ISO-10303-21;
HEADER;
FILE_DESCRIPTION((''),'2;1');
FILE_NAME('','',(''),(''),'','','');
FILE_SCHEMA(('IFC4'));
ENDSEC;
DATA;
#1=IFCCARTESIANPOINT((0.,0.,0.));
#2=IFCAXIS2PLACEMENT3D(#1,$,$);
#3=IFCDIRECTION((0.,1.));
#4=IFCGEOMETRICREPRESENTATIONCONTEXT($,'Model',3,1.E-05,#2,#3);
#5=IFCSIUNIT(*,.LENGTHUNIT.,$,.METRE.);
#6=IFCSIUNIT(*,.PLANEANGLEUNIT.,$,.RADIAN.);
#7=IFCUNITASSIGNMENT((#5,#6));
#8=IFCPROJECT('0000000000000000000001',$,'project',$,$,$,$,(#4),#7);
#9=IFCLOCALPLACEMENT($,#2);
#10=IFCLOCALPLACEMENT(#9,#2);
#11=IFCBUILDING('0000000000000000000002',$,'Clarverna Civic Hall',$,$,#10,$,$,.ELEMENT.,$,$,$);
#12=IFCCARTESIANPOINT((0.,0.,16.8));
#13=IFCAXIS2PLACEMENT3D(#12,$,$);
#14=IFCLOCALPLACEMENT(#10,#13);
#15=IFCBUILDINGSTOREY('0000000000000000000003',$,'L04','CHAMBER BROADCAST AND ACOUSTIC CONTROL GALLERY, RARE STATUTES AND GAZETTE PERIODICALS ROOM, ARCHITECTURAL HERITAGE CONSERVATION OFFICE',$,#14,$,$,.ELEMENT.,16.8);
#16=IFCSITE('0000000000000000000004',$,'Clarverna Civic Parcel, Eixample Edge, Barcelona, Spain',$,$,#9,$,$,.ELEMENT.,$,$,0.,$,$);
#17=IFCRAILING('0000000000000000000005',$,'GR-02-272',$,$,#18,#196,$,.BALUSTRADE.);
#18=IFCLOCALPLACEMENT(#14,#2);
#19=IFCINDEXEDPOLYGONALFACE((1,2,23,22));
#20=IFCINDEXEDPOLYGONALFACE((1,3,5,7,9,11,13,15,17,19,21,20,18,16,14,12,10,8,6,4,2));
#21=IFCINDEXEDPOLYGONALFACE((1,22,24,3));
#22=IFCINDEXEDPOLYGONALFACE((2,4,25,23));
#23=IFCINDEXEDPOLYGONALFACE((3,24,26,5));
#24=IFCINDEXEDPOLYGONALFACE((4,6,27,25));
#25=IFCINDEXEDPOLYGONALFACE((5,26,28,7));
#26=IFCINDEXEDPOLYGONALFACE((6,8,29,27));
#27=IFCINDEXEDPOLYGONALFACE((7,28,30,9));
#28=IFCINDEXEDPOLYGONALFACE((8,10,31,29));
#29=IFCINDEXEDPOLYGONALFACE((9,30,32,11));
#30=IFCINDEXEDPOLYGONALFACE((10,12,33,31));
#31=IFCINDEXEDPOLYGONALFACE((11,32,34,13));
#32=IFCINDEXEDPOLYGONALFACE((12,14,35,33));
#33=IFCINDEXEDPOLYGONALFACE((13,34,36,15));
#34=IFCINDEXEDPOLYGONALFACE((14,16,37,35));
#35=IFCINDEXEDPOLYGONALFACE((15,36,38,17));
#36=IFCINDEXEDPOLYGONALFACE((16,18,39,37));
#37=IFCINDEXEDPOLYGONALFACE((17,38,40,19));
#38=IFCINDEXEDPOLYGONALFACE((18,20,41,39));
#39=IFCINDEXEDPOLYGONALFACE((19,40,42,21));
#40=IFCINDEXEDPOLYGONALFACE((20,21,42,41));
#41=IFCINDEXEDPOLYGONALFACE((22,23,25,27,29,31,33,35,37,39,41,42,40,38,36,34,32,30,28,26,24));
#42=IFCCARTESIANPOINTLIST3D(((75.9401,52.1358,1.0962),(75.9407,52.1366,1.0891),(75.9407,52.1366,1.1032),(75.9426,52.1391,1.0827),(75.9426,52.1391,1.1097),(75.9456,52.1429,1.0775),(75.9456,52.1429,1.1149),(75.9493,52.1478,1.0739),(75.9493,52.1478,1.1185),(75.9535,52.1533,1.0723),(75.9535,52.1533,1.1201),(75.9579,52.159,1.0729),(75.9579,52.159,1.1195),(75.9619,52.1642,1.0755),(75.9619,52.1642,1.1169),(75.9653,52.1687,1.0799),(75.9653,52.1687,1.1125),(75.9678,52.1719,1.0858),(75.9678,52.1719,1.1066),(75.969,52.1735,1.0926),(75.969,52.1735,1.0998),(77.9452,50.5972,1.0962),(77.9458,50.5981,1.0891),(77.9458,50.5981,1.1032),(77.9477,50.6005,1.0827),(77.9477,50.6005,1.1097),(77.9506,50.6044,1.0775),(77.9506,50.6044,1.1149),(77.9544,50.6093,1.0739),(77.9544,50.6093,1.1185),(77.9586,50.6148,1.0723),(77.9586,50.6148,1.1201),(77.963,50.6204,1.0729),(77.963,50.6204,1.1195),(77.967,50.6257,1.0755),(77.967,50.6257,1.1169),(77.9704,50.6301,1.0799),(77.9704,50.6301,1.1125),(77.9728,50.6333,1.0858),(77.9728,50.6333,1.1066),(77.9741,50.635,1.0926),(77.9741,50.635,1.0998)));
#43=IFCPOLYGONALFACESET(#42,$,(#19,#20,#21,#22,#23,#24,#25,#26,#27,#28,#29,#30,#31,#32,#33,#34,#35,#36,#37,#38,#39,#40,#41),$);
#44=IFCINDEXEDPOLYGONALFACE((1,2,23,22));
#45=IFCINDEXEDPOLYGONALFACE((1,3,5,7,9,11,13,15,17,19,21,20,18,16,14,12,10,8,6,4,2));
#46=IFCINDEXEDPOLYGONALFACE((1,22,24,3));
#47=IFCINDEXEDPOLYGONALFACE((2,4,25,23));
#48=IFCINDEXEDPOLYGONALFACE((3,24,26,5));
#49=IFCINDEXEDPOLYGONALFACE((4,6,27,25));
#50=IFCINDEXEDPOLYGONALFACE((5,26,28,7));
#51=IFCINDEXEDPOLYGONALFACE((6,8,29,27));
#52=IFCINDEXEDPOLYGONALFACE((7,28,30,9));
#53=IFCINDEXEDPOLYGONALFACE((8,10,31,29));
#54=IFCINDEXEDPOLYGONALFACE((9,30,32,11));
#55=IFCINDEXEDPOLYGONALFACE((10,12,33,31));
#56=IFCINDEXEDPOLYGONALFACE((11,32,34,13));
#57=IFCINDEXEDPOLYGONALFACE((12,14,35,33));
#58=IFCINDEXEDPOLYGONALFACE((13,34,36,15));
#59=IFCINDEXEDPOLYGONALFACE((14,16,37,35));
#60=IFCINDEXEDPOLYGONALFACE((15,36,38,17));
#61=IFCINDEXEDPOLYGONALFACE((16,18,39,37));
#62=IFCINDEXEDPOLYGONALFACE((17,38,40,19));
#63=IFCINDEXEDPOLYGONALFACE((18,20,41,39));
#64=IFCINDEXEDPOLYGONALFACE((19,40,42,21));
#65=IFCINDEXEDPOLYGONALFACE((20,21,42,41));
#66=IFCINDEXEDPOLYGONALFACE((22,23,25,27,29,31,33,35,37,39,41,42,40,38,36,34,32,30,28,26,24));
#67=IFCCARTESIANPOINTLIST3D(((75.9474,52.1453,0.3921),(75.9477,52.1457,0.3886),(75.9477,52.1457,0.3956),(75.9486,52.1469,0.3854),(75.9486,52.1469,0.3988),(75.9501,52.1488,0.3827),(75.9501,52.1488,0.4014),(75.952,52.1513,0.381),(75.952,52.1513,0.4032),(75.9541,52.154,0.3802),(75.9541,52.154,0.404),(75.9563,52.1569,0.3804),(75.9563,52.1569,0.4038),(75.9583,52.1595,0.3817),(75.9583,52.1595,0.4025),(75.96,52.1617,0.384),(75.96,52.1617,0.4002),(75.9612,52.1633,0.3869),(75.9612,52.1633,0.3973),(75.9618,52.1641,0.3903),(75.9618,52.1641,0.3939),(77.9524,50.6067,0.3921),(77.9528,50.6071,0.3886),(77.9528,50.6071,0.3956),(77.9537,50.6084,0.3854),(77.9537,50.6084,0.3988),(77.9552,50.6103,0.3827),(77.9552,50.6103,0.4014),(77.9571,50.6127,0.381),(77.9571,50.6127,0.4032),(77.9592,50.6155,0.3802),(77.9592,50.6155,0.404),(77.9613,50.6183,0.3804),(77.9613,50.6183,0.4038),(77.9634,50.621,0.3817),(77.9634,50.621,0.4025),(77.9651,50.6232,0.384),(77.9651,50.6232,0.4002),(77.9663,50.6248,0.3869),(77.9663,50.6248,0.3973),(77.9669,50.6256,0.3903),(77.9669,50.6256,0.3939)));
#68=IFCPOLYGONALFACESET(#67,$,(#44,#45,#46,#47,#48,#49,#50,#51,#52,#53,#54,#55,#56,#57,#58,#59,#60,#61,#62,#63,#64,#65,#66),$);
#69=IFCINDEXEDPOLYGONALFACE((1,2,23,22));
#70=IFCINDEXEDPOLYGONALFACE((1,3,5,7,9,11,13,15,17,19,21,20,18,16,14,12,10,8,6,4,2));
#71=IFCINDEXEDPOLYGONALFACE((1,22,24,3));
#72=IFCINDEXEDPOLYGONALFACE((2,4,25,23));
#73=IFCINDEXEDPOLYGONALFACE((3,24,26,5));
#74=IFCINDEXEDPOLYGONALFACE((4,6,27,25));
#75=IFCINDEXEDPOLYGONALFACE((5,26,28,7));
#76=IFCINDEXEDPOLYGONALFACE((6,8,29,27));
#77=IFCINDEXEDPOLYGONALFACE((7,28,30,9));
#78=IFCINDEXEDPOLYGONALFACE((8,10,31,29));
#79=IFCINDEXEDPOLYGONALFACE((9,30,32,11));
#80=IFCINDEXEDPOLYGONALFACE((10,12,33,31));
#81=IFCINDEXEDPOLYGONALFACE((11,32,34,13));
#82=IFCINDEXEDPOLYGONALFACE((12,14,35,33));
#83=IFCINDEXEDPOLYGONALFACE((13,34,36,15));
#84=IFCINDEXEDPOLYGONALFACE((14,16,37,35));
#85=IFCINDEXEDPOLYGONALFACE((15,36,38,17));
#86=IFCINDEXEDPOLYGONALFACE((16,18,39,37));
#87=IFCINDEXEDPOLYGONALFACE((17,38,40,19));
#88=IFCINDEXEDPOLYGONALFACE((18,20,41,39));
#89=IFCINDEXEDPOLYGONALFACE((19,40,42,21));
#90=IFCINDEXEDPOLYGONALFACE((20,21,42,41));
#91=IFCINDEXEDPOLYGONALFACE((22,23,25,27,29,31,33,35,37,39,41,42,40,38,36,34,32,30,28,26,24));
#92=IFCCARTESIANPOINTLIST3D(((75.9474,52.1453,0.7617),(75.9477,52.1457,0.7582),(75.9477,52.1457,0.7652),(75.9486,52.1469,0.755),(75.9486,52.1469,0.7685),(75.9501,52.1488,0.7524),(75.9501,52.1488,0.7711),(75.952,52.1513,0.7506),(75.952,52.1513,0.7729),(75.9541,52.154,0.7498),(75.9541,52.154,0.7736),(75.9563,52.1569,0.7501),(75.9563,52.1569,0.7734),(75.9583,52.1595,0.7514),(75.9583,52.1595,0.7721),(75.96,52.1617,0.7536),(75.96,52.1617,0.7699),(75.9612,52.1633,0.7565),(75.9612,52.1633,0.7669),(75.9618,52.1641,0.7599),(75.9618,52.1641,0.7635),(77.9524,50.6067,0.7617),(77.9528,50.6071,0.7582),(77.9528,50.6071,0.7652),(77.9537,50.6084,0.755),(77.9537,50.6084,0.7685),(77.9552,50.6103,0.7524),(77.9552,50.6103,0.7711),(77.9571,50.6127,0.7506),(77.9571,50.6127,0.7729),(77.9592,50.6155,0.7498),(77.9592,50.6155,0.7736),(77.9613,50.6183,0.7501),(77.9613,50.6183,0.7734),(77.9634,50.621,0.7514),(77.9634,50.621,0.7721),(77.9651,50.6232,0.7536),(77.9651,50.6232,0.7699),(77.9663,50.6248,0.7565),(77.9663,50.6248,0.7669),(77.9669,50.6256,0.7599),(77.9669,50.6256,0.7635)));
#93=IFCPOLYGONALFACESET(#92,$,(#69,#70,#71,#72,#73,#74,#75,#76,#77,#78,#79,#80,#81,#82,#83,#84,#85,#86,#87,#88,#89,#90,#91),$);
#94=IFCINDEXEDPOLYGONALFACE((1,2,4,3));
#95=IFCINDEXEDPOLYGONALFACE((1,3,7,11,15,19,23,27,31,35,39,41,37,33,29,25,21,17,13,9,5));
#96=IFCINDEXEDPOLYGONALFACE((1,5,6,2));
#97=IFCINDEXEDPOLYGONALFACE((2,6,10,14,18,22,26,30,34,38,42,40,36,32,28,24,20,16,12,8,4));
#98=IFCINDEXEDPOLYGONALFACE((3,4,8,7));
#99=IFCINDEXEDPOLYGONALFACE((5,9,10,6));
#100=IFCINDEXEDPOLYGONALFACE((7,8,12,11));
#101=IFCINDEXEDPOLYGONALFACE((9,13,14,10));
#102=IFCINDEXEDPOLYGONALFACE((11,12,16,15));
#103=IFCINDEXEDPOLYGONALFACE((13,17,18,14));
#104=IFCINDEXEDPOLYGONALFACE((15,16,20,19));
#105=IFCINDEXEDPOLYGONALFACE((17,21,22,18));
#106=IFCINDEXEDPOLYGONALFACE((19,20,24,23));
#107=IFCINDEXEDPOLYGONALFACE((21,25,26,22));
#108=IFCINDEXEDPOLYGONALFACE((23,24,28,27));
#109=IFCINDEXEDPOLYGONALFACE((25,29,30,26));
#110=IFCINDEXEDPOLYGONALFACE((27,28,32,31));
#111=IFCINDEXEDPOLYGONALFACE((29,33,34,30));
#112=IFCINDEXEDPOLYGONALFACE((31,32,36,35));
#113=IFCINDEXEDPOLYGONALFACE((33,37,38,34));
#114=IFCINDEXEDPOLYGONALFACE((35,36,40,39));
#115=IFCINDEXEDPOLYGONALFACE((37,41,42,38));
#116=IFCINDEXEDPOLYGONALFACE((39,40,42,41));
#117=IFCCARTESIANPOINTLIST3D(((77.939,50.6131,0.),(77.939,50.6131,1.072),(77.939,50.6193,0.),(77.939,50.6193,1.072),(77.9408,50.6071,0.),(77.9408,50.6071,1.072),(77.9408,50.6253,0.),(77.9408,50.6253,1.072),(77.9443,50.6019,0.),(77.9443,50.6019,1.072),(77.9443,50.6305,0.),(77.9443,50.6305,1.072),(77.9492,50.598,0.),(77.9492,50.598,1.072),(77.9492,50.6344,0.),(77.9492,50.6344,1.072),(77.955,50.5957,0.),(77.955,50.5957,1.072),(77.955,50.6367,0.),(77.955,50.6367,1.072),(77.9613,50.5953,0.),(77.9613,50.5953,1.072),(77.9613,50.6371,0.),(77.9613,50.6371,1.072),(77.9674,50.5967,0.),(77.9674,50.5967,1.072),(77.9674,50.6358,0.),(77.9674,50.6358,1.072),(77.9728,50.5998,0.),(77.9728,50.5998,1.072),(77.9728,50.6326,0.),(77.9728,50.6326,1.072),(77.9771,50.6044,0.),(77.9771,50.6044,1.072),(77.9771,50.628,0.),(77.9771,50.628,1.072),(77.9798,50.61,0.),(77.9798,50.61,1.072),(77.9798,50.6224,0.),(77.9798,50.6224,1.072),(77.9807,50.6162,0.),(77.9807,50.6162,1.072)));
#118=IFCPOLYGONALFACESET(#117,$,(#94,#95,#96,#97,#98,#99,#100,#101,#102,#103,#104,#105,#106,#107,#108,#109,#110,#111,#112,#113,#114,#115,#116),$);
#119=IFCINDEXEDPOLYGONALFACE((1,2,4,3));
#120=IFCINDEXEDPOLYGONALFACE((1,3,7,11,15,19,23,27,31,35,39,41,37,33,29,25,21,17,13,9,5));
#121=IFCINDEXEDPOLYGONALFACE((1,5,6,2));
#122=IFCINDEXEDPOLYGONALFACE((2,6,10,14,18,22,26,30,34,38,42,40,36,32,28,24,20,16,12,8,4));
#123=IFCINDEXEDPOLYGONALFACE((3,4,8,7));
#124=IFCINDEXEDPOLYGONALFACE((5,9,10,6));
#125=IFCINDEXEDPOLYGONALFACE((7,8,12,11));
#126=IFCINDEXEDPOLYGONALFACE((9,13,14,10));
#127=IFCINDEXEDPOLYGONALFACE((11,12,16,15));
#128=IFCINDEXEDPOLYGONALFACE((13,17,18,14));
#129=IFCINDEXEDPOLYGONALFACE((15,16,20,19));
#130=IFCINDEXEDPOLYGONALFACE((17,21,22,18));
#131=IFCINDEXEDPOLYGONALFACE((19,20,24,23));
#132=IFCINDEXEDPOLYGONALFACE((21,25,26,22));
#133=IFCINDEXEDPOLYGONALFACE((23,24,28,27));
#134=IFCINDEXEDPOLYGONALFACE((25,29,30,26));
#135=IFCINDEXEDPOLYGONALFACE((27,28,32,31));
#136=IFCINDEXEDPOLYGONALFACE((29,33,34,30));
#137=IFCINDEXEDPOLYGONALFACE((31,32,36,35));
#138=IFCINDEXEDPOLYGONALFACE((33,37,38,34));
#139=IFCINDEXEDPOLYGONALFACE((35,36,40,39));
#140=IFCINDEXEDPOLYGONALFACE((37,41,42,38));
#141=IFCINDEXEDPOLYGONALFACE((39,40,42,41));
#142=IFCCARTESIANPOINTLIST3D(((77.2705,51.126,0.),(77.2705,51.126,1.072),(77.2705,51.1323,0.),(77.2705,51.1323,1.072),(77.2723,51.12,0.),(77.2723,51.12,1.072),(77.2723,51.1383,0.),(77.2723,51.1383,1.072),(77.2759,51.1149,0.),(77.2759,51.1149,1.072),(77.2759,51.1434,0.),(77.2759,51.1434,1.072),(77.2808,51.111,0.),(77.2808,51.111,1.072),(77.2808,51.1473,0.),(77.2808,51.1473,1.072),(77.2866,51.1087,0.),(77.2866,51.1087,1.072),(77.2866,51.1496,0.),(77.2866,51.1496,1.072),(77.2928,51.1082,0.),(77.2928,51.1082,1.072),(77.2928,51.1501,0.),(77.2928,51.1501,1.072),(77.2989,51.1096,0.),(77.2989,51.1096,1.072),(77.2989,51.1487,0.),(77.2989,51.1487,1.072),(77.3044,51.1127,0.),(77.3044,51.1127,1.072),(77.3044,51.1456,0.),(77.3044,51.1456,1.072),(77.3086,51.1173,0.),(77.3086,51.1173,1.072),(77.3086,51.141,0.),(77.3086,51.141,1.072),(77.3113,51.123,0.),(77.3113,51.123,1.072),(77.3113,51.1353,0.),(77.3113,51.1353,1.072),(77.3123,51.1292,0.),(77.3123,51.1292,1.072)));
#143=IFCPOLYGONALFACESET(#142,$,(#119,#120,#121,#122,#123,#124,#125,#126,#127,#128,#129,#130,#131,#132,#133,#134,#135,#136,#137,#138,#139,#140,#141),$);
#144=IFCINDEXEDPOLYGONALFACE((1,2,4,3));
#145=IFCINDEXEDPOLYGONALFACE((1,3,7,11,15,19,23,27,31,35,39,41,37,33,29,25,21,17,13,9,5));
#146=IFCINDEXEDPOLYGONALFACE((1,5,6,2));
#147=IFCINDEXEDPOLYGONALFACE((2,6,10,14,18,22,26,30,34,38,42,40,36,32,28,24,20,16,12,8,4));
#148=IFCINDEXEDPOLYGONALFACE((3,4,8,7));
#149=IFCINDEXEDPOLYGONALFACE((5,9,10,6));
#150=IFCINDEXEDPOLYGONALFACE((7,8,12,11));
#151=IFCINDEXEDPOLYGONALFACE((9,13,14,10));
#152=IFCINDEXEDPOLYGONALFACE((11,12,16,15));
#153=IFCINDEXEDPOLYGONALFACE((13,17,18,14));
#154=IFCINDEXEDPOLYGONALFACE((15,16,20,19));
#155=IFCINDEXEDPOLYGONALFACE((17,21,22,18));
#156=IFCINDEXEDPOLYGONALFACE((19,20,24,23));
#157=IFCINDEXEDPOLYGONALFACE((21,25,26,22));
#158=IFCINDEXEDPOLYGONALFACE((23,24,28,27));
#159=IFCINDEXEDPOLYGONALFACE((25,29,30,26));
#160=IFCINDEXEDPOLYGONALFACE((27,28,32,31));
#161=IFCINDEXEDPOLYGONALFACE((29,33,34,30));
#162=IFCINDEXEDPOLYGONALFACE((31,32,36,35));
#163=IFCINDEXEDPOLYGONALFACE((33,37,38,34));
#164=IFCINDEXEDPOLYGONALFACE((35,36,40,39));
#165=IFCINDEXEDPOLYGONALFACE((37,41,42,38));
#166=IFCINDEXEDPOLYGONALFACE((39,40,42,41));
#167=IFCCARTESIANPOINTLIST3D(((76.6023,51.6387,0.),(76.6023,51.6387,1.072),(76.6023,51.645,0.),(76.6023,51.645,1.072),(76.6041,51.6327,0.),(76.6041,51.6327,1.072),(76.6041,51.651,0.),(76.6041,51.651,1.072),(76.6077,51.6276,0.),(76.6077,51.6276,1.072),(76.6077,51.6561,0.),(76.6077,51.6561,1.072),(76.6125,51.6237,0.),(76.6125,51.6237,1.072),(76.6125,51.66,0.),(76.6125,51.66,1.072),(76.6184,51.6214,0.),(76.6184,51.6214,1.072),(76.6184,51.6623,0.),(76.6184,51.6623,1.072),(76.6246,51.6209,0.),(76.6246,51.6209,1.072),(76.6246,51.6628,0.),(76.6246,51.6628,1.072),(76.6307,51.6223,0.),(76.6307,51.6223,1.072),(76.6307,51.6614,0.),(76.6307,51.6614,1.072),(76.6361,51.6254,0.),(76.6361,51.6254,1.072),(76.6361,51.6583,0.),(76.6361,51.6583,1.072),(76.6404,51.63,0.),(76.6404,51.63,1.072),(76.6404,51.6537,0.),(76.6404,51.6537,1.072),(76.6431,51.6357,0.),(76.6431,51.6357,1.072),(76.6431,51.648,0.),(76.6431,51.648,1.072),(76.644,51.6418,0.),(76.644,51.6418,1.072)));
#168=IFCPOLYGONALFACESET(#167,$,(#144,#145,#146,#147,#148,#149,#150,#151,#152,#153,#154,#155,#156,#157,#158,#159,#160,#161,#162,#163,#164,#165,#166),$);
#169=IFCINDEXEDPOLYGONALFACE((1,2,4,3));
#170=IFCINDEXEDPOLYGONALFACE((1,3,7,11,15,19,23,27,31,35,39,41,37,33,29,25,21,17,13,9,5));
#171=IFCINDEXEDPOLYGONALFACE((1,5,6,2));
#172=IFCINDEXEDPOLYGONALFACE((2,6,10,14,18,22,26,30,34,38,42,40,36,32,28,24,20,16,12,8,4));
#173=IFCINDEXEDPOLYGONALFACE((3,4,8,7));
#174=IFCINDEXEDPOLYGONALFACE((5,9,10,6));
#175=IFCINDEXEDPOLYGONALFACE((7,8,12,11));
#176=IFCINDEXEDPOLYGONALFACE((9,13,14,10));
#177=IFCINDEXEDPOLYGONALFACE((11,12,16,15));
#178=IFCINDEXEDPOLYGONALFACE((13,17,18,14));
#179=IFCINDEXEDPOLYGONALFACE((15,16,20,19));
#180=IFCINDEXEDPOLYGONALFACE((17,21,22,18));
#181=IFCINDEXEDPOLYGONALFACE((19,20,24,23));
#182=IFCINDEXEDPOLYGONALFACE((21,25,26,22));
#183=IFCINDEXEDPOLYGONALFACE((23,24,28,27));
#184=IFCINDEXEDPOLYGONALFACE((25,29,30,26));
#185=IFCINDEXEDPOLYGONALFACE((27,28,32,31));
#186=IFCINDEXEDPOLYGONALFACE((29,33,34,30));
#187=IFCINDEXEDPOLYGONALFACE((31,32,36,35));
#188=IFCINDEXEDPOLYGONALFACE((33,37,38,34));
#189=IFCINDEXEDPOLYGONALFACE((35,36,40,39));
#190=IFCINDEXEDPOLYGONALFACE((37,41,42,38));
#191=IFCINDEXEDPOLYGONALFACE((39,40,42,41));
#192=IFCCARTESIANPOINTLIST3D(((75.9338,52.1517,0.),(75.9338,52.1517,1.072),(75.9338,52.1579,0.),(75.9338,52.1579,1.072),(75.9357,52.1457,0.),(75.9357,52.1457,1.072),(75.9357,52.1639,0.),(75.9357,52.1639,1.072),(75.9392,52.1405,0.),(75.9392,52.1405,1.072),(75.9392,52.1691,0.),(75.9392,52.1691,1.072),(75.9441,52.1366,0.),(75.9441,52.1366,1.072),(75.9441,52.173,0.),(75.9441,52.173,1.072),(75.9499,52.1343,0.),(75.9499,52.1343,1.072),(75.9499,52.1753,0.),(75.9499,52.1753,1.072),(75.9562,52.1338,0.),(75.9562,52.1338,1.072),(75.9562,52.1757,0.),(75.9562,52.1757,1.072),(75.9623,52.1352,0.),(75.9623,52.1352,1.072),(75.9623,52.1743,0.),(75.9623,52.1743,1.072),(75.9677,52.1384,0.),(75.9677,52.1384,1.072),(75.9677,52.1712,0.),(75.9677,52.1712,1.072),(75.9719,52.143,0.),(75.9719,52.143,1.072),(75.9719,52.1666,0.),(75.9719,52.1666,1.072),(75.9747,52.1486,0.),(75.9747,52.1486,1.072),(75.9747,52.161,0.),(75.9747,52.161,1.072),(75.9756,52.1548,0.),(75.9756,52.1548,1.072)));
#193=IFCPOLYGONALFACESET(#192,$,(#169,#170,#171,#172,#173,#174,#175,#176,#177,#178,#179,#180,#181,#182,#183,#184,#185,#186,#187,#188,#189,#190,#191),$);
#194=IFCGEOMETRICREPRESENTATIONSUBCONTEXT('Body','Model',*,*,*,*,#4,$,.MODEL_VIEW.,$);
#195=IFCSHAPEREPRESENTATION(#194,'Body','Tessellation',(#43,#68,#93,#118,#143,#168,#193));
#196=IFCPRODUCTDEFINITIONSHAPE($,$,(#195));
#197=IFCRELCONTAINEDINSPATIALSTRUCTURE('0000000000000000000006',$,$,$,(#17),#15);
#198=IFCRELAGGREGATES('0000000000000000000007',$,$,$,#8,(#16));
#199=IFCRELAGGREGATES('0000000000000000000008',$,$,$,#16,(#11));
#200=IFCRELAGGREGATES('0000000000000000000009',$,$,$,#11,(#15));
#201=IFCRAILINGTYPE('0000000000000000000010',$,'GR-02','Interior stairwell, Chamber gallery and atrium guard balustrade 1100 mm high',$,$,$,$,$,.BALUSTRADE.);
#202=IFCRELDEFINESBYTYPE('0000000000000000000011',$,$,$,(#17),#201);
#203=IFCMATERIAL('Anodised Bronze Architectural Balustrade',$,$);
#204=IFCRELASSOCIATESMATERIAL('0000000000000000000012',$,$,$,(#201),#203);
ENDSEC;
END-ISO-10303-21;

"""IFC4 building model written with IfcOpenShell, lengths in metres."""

from ifc_helpers import new_model, si_unit, direction, frame, origin, origin_2d, place, context, subcontext, project, spatial, circle, extrude, material, type_object, element, save


model = new_model("IFC4")

# Units and contexts
model_context = context("Model", 3, precision=1e-05, world=origin(), true_north=direction((0.0, 1.0)))
body_context = subcontext(model_context, "Body", "Model", "MODEL_VIEW")
ifc_project = project(units=[si_unit("LENGTHUNIT", "METRE"), si_unit("PLANEANGLEUNIT", "RADIAN")], contexts=[model_context])

# Site, building, storey
site_placement = place(None, origin())
site = spatial("IfcSite", under=ifc_project, at=site_placement, Name="Clarverna Civic Parcel, Eixample Edge, Barcelona, Spain", CompositionType="ELEMENT", RefElevation=0.0)
building_placement = place(site_placement, origin())
building = spatial("IfcBuilding", under=site, at=building_placement, Name="Clarverna Civic Hall", CompositionType="ELEMENT")
storey_placement = place(building_placement, frame((0.0, 0.0, 16.8)))
storey = spatial("IfcBuildingStorey", under=building, at=storey_placement, Name="L04", Description="CHAMBER BROADCAST AND ACOUSTIC CONTROL GALLERY, RARE STATUTES AND GAZETTE PERIODICALS ROOM, ARCHITECTURAL HERITAGE CONSERVATION OFFICE", CompositionType="ELEMENT", Elevation=16.8)

# Railing
ifc_material_1 = material(Name="Anodised Bronze Architectural Balustrade")
railing_type = type_object("IfcRailingType", Name="GR-02", Description="Interior stairwell, Chamber gallery and atrium guard balustrade 1100 mm high", PredefinedType="BALUSTRADE", material=ifc_material_1)
railing_1_placement = place(storey_placement, frame((77.9597, 50.6162, 0.0)))
element("IfcRailing", 1, at=railing_1_placement, inside=storey, type_object=railing_type, Name="GR-02-272", PredefinedType="BALUSTRADE", context=body_context, shape_type="SweptSolid", body=[
    extrude(circle(Radius=0.0239, at=origin_2d()), frame((0.0, 0.0, 1.0962), z_axis=(-0.793356, 0.608758, 0.0), x_axis=(-0.608758, -0.793356, 0.0)), (0.0, 0.0, 1.0), 2.5273),
    extrude(circle(Radius=0.012, at=origin_2d()), frame((0.0, 0.0, 0.3921), z_axis=(-0.793356, 0.608758, 0.0), x_axis=(-0.608758, -0.793356, 0.0)), (0.0, 0.0, 1.0), 2.5273),
    extrude(circle(Radius=0.012, at=origin_2d()), frame((0.0, 0.0, 0.7617), z_axis=(-0.793356, 0.608758, 0.0), x_axis=(-0.608758, -0.793356, 0.0)), (0.0, 0.0, 1.0), 2.5273),
    extrude(circle(Radius=0.021, at=origin_2d()), origin(), (0.0, 0.0, 1.0), 1.072),
    extrude(circle(Radius=0.021, at=origin_2d()), frame((-0.6685, 0.5129, 0.0)), (0.0, 0.0, 1.0), 1.072),
    extrude(circle(Radius=0.021, at=origin_2d()), frame((-1.3367, 1.0256, 0.0)), (0.0, 0.0, 1.0), 1.072),
    extrude(circle(Radius=0.021, at=origin_2d()), frame((-2.0051, 1.5386, 0.0)), (0.0, 0.0, 1.0), 1.072),
])

save(model, "model.ifc")
